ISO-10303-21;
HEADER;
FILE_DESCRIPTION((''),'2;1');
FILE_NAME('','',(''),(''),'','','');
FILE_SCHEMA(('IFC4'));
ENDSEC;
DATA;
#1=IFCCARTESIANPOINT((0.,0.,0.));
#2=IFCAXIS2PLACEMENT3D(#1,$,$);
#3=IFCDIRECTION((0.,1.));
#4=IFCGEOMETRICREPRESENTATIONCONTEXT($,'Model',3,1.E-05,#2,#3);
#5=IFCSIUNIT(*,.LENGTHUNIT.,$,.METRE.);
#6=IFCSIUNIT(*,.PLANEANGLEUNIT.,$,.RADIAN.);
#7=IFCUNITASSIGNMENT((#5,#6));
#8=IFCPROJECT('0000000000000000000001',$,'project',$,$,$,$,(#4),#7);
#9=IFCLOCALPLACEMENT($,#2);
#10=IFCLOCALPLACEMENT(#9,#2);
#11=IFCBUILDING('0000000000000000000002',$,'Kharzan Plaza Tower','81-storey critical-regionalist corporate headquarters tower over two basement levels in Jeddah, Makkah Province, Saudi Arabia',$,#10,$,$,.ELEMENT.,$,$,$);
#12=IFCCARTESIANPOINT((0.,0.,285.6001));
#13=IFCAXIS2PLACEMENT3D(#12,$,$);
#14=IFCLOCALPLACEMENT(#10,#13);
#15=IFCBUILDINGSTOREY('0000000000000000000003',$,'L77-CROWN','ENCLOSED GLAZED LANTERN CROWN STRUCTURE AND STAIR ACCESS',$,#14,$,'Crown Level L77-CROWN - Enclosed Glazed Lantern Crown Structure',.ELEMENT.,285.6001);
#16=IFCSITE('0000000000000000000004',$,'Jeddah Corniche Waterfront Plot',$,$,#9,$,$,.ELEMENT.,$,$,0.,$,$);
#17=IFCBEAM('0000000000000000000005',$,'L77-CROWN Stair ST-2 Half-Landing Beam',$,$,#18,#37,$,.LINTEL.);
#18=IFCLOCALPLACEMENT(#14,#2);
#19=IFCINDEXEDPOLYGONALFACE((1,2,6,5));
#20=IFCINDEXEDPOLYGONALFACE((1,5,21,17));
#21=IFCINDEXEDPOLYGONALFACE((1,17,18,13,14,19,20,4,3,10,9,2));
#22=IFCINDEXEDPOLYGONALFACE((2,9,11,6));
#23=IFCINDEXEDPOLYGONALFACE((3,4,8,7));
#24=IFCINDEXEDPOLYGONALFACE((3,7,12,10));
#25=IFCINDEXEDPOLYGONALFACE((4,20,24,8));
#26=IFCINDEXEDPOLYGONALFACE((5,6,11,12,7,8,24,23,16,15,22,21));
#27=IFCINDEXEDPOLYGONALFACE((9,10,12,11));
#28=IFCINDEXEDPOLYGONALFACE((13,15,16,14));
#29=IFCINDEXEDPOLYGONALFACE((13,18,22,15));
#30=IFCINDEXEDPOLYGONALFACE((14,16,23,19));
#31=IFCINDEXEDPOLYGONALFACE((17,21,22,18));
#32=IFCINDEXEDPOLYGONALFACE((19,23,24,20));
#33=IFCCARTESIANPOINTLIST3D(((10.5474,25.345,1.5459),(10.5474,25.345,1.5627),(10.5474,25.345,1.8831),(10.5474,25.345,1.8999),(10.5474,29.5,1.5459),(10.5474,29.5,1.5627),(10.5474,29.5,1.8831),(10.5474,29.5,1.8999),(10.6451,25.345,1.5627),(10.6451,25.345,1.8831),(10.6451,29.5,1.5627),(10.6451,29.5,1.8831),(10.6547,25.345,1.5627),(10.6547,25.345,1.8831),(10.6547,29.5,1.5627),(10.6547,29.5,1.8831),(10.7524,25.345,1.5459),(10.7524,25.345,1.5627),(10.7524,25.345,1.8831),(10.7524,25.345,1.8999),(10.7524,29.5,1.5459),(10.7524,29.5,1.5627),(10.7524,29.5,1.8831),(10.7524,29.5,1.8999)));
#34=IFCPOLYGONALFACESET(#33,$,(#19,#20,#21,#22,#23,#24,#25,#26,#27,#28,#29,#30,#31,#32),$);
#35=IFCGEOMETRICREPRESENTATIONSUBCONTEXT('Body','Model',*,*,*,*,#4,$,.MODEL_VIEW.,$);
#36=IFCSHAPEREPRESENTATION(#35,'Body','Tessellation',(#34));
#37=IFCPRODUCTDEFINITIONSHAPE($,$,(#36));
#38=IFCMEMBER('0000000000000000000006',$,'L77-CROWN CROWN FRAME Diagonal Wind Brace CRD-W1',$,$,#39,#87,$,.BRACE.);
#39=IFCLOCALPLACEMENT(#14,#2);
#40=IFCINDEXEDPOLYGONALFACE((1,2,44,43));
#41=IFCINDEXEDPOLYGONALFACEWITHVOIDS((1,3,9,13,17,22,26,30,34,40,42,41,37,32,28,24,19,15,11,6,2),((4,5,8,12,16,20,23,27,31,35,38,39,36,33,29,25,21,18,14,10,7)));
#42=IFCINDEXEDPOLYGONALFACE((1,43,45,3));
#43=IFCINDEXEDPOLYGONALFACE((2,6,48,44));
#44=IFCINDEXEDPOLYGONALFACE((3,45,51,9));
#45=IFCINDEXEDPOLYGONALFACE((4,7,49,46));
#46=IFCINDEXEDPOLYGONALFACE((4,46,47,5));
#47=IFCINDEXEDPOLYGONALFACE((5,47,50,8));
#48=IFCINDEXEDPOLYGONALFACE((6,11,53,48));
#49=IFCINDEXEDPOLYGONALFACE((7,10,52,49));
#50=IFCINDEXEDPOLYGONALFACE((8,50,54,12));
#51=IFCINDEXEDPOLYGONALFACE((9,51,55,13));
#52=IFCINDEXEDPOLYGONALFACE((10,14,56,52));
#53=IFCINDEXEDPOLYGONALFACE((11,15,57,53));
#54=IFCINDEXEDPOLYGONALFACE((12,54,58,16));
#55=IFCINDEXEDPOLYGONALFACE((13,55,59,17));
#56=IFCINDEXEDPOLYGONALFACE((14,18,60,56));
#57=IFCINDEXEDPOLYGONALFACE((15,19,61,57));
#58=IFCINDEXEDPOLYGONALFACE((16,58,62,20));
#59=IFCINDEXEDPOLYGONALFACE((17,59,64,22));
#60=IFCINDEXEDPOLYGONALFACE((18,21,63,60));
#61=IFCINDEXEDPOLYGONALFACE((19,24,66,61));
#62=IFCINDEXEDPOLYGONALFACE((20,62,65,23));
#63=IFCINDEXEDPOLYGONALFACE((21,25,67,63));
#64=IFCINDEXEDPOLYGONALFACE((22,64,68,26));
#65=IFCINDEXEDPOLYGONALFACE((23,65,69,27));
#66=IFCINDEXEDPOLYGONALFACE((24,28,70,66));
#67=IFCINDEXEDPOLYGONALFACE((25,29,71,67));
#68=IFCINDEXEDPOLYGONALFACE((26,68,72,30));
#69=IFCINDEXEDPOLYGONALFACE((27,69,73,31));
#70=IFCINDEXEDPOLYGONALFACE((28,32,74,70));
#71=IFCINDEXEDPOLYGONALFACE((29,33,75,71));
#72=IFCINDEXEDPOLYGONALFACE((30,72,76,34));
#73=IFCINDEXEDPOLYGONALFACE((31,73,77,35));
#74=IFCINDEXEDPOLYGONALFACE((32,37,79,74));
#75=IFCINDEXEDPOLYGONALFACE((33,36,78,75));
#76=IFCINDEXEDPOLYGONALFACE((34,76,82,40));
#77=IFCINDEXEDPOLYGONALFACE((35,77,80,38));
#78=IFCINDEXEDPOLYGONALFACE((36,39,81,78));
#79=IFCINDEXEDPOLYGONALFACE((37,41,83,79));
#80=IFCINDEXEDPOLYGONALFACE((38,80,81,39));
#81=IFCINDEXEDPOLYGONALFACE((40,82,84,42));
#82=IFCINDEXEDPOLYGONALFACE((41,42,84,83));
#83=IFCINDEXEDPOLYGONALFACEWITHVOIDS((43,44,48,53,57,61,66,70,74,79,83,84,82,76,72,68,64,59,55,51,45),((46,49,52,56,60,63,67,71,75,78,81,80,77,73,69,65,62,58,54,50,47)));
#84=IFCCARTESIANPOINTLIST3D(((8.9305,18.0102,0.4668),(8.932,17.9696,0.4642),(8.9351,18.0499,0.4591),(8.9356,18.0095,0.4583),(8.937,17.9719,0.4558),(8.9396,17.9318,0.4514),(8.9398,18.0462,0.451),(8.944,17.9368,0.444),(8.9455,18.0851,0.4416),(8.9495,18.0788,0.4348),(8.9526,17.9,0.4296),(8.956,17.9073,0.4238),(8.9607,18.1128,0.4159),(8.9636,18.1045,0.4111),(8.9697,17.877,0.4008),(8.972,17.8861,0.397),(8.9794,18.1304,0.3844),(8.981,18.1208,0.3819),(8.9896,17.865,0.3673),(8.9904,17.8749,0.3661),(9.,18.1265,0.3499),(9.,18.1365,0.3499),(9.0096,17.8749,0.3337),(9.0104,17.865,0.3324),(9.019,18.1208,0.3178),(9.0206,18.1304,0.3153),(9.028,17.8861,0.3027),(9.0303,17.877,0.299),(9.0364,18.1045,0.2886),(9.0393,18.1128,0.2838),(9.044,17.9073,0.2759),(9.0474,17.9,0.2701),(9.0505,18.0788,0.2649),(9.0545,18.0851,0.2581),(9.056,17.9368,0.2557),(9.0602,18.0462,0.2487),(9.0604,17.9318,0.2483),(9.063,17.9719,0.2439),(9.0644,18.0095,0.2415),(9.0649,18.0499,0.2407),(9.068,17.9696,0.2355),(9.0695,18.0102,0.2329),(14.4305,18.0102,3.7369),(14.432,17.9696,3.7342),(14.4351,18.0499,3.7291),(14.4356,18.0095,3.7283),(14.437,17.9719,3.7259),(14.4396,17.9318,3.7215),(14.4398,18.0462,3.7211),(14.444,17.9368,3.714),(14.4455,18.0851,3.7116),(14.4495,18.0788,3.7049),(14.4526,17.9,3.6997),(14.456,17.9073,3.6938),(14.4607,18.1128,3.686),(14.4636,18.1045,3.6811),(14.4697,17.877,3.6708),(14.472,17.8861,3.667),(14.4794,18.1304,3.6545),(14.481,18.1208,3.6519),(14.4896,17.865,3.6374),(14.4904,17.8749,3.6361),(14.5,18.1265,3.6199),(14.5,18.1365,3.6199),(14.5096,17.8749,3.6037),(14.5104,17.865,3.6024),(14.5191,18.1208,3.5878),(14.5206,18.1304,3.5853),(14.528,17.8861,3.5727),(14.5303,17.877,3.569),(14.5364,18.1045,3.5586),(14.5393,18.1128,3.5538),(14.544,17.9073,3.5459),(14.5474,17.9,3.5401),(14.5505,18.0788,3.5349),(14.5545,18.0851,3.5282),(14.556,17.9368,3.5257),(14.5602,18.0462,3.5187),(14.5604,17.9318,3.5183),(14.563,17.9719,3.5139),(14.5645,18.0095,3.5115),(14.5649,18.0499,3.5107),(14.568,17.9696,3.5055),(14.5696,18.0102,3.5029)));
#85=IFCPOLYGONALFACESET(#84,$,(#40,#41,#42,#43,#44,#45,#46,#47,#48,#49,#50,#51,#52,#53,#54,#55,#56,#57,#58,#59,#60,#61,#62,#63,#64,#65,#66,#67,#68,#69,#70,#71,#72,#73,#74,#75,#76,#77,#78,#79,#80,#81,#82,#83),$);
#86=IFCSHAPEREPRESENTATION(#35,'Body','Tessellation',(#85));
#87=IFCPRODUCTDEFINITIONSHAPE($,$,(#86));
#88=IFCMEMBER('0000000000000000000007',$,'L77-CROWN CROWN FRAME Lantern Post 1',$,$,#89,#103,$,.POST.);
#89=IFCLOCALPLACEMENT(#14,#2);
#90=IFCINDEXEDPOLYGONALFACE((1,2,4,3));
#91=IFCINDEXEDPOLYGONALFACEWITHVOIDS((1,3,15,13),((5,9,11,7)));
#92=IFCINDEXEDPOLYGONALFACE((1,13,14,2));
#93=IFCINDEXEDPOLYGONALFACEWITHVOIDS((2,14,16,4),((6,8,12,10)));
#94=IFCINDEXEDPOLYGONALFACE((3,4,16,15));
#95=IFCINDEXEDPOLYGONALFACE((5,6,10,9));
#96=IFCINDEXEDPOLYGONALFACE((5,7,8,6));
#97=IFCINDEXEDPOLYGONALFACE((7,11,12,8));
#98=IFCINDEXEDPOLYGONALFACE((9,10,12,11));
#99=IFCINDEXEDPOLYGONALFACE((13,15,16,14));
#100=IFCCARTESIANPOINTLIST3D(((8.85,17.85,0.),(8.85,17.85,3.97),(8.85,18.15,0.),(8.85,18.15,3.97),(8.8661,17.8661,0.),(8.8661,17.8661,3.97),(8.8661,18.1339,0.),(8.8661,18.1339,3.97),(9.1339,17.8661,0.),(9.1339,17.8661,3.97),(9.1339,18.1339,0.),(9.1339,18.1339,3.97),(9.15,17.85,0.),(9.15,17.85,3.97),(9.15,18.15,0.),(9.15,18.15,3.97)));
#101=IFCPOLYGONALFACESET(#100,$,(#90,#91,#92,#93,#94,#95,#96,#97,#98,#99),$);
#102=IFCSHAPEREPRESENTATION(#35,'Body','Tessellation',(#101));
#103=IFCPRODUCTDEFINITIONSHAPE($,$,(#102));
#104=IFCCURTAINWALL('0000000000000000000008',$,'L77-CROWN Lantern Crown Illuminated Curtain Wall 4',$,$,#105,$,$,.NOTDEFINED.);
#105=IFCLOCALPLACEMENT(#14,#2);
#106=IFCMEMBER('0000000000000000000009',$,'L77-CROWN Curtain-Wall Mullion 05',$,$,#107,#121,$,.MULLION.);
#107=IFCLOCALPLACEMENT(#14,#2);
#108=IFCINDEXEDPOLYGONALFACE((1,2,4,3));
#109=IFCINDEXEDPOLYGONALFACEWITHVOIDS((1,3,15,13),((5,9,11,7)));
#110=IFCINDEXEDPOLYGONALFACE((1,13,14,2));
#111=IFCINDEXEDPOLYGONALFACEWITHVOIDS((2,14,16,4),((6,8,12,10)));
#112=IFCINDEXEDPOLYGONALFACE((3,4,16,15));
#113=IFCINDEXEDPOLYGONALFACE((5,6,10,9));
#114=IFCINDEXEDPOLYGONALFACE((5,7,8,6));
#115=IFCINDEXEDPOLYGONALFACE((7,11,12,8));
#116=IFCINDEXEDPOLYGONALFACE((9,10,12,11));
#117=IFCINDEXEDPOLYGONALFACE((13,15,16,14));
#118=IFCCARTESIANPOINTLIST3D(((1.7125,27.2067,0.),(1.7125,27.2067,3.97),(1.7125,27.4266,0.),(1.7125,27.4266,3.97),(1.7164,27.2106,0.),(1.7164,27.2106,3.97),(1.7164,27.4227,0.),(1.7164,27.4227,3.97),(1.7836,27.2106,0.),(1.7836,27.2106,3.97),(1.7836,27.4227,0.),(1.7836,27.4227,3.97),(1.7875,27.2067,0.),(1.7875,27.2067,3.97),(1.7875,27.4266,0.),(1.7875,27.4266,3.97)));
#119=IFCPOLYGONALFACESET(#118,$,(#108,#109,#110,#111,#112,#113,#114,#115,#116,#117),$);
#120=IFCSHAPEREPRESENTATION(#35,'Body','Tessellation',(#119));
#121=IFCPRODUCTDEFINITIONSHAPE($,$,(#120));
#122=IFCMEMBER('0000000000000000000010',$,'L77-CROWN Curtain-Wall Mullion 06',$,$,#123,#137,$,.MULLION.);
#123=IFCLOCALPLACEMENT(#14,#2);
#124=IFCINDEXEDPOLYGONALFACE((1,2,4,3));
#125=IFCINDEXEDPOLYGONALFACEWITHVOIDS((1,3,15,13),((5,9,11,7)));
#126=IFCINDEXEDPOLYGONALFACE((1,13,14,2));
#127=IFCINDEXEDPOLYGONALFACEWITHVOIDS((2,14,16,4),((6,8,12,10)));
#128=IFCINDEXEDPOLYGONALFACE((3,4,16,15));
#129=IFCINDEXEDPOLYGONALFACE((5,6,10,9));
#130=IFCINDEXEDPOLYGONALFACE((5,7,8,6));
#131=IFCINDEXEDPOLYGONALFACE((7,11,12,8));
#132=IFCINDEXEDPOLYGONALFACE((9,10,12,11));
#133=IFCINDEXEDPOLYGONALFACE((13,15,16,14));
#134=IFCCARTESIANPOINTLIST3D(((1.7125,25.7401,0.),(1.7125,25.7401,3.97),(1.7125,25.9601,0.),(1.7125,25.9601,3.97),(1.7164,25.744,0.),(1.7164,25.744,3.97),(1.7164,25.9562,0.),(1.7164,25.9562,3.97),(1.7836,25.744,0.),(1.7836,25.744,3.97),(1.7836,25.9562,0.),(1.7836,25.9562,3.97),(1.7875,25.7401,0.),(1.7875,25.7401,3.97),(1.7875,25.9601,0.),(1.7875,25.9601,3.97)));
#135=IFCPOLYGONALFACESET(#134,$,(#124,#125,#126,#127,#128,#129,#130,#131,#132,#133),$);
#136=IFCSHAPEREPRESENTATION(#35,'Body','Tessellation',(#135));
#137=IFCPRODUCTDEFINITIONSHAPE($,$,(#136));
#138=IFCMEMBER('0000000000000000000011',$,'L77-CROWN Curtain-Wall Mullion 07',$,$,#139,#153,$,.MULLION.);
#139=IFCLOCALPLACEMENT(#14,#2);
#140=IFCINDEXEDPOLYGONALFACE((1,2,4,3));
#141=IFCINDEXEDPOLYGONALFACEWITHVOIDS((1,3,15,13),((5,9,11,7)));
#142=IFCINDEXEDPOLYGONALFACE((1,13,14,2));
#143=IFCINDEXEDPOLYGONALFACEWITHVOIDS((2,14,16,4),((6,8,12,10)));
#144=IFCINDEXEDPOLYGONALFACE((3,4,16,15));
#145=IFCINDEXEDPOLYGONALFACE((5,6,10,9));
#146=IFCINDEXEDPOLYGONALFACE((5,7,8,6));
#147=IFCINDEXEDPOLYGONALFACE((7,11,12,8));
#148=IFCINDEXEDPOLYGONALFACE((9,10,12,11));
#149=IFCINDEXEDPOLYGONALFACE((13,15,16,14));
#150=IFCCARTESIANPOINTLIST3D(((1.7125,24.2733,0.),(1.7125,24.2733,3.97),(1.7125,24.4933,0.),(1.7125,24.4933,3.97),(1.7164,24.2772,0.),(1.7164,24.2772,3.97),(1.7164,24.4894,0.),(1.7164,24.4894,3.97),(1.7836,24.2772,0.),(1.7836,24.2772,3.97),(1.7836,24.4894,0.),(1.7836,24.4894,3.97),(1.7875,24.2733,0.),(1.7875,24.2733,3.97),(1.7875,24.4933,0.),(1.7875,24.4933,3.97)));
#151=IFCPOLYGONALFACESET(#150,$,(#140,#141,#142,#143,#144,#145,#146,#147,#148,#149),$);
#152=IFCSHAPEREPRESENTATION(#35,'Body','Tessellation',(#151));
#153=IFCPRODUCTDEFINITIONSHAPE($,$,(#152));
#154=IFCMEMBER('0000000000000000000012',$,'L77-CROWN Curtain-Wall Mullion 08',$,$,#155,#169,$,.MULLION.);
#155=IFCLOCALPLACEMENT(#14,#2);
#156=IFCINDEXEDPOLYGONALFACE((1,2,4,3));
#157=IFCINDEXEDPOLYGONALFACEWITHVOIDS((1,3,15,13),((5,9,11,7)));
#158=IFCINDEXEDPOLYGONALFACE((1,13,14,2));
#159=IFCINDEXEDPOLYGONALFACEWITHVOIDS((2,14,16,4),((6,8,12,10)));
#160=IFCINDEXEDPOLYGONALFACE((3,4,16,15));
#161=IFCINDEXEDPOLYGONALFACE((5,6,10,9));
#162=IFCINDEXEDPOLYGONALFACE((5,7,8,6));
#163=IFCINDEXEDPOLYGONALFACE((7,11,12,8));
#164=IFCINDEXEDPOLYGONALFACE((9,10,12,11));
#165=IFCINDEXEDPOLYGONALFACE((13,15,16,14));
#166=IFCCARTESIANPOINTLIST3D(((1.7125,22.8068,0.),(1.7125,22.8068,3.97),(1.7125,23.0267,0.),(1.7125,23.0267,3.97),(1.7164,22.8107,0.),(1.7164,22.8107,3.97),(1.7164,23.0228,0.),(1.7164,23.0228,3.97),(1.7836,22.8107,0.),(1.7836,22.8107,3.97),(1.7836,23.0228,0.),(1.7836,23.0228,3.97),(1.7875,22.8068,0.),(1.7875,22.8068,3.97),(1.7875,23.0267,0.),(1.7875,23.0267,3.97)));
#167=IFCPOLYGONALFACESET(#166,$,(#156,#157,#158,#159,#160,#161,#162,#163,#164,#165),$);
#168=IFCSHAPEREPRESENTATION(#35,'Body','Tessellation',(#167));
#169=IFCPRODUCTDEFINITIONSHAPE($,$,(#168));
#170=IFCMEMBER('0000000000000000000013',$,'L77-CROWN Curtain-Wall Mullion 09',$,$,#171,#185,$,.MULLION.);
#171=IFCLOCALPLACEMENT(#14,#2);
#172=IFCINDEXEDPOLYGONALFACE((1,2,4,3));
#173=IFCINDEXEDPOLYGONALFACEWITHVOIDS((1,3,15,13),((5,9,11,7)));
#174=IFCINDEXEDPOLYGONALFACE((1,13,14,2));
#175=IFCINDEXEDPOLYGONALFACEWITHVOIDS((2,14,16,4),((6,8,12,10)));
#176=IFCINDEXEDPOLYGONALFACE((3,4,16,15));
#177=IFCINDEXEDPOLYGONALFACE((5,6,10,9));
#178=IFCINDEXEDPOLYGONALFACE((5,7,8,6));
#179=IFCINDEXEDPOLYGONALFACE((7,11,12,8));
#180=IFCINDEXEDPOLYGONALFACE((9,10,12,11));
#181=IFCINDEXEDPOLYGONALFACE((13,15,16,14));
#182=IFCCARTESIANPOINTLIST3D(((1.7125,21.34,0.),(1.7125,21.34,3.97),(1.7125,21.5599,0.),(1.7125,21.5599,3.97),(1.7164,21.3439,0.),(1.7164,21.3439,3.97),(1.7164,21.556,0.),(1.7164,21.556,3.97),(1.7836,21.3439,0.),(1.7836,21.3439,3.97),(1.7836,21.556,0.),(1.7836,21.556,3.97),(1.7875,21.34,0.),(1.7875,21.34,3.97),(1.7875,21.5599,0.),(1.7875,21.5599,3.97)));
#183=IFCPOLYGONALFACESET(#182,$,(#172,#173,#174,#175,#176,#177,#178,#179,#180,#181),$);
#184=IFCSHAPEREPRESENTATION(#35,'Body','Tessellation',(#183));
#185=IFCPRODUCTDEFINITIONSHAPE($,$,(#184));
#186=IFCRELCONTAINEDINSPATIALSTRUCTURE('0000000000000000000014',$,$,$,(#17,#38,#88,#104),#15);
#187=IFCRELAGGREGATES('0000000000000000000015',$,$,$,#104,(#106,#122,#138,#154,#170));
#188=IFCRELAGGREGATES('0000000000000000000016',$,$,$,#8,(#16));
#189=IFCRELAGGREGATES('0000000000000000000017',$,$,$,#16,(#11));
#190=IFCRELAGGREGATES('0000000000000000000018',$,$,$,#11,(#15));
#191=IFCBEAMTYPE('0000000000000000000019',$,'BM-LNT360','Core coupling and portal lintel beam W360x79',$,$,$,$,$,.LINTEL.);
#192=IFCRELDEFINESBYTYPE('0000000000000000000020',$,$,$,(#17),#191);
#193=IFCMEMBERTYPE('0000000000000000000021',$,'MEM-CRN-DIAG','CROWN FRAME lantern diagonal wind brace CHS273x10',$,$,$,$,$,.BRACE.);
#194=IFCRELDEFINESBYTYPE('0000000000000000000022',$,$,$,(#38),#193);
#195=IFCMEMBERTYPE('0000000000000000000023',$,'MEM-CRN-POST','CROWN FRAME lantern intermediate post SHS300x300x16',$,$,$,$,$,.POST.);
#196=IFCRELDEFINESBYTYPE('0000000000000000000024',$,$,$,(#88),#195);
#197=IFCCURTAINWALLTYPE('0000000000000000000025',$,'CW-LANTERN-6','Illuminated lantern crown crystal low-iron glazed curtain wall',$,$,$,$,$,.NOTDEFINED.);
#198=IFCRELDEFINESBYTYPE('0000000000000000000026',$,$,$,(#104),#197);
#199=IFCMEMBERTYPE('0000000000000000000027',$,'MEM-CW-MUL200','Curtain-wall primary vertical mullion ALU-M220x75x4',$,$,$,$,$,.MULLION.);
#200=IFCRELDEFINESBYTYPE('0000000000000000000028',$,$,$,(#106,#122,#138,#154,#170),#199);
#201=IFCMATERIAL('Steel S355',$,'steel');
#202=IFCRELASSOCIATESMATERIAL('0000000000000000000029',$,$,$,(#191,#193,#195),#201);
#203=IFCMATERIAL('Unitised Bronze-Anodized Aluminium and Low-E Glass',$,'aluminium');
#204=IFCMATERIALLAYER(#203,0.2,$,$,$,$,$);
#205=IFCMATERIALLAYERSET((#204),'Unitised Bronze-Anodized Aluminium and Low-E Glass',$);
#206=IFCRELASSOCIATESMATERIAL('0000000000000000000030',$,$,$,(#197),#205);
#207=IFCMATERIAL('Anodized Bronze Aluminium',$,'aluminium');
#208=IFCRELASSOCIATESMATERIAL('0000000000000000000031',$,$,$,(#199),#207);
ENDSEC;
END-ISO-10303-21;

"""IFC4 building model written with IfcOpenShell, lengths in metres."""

from ifc_helpers import new_model, si_unit, direction, frame, origin, origin_2d, place, context, subcontext, project, spatial, hollow_rectangle, hollow_circle, i_section, extrude, source, transform, mapped, material, layer, layer_set, material_profile, profile_set, type_object, element, aggregate, save


model = new_model("IFC4")

# Units and contexts
model_context = context("Model", 3, precision=1e-05, world=origin(), true_north=direction((0.0, 1.0)))
body_context = subcontext(model_context, "Body", "Model", "MODEL_VIEW")
ifc_project = project(units=[si_unit("LENGTHUNIT", "METRE"), si_unit("PLANEANGLEUNIT", "RADIAN")], contexts=[model_context])

# Site, building, storey
site_placement = place(None, origin())
site = spatial("IfcSite", under=ifc_project, at=site_placement, Name="Jeddah Corniche Waterfront Plot", CompositionType="ELEMENT", RefElevation=0.0)
building_placement = place(site_placement, origin())
building = spatial("IfcBuilding", under=site, at=building_placement, Name="Kharzan Plaza Tower", Description="81-storey critical-regionalist corporate headquarters tower over two basement levels in Jeddah, Makkah Province, Saudi Arabia", CompositionType="ELEMENT")
storey_placement = place(building_placement, frame((0.0, 0.0, 285.6001)))
storey = spatial("IfcBuildingStorey", under=building, at=storey_placement, Name="L77-CROWN", Description="ENCLOSED GLAZED LANTERN CROWN STRUCTURE AND STAIR ACCESS", LongName="Crown Level L77-CROWN - Enclosed Glazed Lantern Crown Structure", CompositionType="ELEMENT", Elevation=285.6001)

# Beam
ifc_material_1 = material(Name="Steel S355", Category="steel")
ifc_material_profile_1 = material_profile(ifc_material_1, i_section(OverallWidth=0.2051, OverallDepth=0.354, WebThickness=0.0095, FlangeThickness=0.0168, at=origin_2d()), Name="W360x79")
ifc_profile_set_1 = profile_set([ifc_material_profile_1], Name="Steel S355")
beam_type = type_object("IfcBeamType", Name="BM-LNT360", Description="Core coupling and portal lintel beam W360x79", PredefinedType="LINTEL", material=ifc_profile_set_1)
shared_shape_1 = source(origin(), body_context, "Body", "SweptSolid", [
    extrude(i_section(OverallWidth=0.2051, OverallDepth=0.354, WebThickness=0.0095, FlangeThickness=0.0168, at=origin_2d()), origin(), (0.0, 0.0, 1.0), 4.155),
])
beam_placement = place(storey_placement, frame((10.6499, 25.345, 1.7229), z_axis=(0.0, 1.0, 0.0), x_axis=(-1.0, 0.0, 0.0)))
element("IfcBeam", 1, at=beam_placement, inside=storey, type_object=beam_type, Name="L77-CROWN Stair ST-2 Half-Landing Beam", PredefinedType="LINTEL", context=body_context, shape_type="MappedRepresentation", body=[
    mapped(shared_shape_1, transform((0.0, 0.0, 0.0), x_axis=(1.0, 0.0, 0.0), y_axis=(0.0, 1.0, 0.0), z_axis=(0.0, 0.0, 1.0))),
])

# Members
ifc_material_profile_2 = material_profile(ifc_material_1, hollow_circle(Radius=0.1365, WallThickness=0.01, at=origin_2d()), Name="CHS273x10")
ifc_profile_set_2 = profile_set([ifc_material_profile_2], Name="Steel S355")
member_type_1 = type_object("IfcMemberType", Name="MEM-CRN-DIAG", Description="CROWN FRAME lantern diagonal wind brace CHS273x10", PredefinedType="BRACE", material=ifc_profile_set_2)
shared_shape_2 = source(origin(), body_context, "Body", "SweptSolid", [
    extrude(hollow_circle(Radius=0.1365, WallThickness=0.01, at=origin_2d()), origin(), (0.0, 0.0, 1.0), 6.3987),
])
member_1_placement = place(storey_placement, frame((9.0, 18.0, 0.3499), z_axis=(0.859553, 0.0, 0.511046), x_axis=(0.0, 1.0, 0.0)))
element("IfcMember", 2, at=member_1_placement, inside=storey, type_object=member_type_1, Name="L77-CROWN CROWN FRAME Diagonal Wind Brace CRD-W1", PredefinedType="BRACE", context=body_context, shape_type="MappedRepresentation", body=[
    mapped(shared_shape_2, transform((0.0, 0.0, 0.0), x_axis=(1.0, 0.0, 0.0), y_axis=(0.0, 1.0, 0.0), z_axis=(0.0, 0.0, 1.0))),
])
ifc_material_profile_3 = material_profile(ifc_material_1, hollow_rectangle(XDim=0.3, YDim=0.3, WallThickness=0.0161, at=origin_2d()), Name="SHS300x300x16")
ifc_profile_set_3 = profile_set([ifc_material_profile_3], Name="Steel S355")
member_type_2 = type_object("IfcMemberType", Name="MEM-CRN-POST", Description="CROWN FRAME lantern intermediate post SHS300x300x16", PredefinedType="POST", material=ifc_profile_set_3)
shared_shape_3 = source(origin(), body_context, "Body", "SweptSolid", [
    extrude(hollow_rectangle(XDim=0.3, YDim=0.3, WallThickness=0.0161, at=origin_2d()), origin(), (0.0, 0.0, 1.0), 3.97),
])
member_2_placement = place(storey_placement, frame((9.0, 18.0, 0.0), z_axis=(0.0, 0.0, 1.0), x_axis=(1.0, 0.0, 0.0)))
element("IfcMember", 3, at=member_2_placement, inside=storey, type_object=member_type_2, Name="L77-CROWN CROWN FRAME Lantern Post 1", PredefinedType="POST", context=body_context, shape_type="MappedRepresentation", body=[
    mapped(shared_shape_3, transform((0.0, 0.0, 0.0), x_axis=(1.0, 0.0, 0.0), y_axis=(0.0, 1.0, 0.0), z_axis=(0.0, 0.0, 1.0))),
])

# Curtain wall, members
ifc_material_2 = material(Name="Unitised Bronze-Anodized Aluminium and Low-E Glass", Category="aluminium")
ifc_layer_1 = layer(ifc_material_2, 0.2)
ifc_layer_set_1 = layer_set([ifc_layer_1], Name="Unitised Bronze-Anodized Aluminium and Low-E Glass")
curtain_wall_type = type_object("IfcCurtainWallType", Name="CW-LANTERN-6", Description="Illuminated lantern crown crystal low-iron glazed curtain wall", PredefinedType="NOTDEFINED", material=ifc_layer_set_1)
curtain_wall_placement = place(storey_placement, origin())
curtain_wall = element("IfcCurtainWall", 4, at=curtain_wall_placement, inside=storey, type_object=curtain_wall_type, Name="L77-CROWN Lantern Crown Illuminated Curtain Wall 4", PredefinedType="NOTDEFINED")
ifc_material_3 = material(Name="Anodized Bronze Aluminium", Category="aluminium")
ifc_material_profile_4 = material_profile(ifc_material_3, hollow_rectangle(XDim=0.075, YDim=0.22, WallThickness=0.0039, at=origin_2d()), Name="ALU-M220x75x4")
ifc_profile_set_4 = profile_set([ifc_material_profile_4], Name="Anodized Bronze Aluminium")
member_type_3 = type_object("IfcMemberType", Name="MEM-CW-MUL200", Description="Curtain-wall primary vertical mullion ALU-M220x75x4", PredefinedType="MULLION", material=ifc_profile_set_4)
shared_shape_4 = source(origin(), body_context, "Body", "SweptSolid", [
    extrude(hollow_rectangle(XDim=0.075, YDim=0.22, WallThickness=0.0039, at=origin_2d()), origin(), (0.0, 0.0, 1.0), 3.97),
])
member_3_placement = place(storey_placement, frame((1.75, 27.3167, 0.0), z_axis=(0.0, 0.0, 1.0), x_axis=(1.0, 0.0, 0.0)))
member_3 = element("IfcMember", 5, at=member_3_placement, type_object=member_type_3, Name="L77-CROWN Curtain-Wall Mullion 05", PredefinedType="MULLION", context=body_context, shape_type="MappedRepresentation", body=[
    mapped(shared_shape_4, transform((0.0, 0.0, 0.0), x_axis=(1.0, 0.0, 0.0), y_axis=(0.0, 1.0, 0.0), z_axis=(0.0, 0.0, 1.0))),
])
member_4_placement = place(storey_placement, frame((1.75, 25.8501, 0.0), z_axis=(0.0, 0.0, 1.0), x_axis=(1.0, 0.0, 0.0)))
member_4 = element("IfcMember", 6, at=member_4_placement, type_object=member_type_3, Name="L77-CROWN Curtain-Wall Mullion 06", PredefinedType="MULLION", context=body_context, shape_type="MappedRepresentation", body=[
    mapped(shared_shape_4, transform((0.0, 0.0, 0.0), x_axis=(1.0, 0.0, 0.0), y_axis=(0.0, 1.0, 0.0), z_axis=(0.0, 0.0, 1.0))),
])
member_5_placement = place(storey_placement, frame((1.75, 24.3833, 0.0), z_axis=(0.0, 0.0, 1.0), x_axis=(1.0, 0.0, 0.0)))
member_5 = element("IfcMember", 7, at=member_5_placement, type_object=member_type_3, Name="L77-CROWN Curtain-Wall Mullion 07", PredefinedType="MULLION", context=body_context, shape_type="MappedRepresentation", body=[
    mapped(shared_shape_4, transform((0.0, 0.0, 0.0), x_axis=(1.0, 0.0, 0.0), y_axis=(0.0, 1.0, 0.0), z_axis=(0.0, 0.0, 1.0))),
])
member_6_placement = place(storey_placement, frame((1.75, 22.9167, 0.0), z_axis=(0.0, 0.0, 1.0), x_axis=(1.0, 0.0, 0.0)))
member_6 = element("IfcMember", 8, at=member_6_placement, type_object=member_type_3, Name="L77-CROWN Curtain-Wall Mullion 08", PredefinedType="MULLION", context=body_context, shape_type="MappedRepresentation", body=[
    mapped(shared_shape_4, transform((0.0, 0.0, 0.0), x_axis=(1.0, 0.0, 0.0), y_axis=(0.0, 1.0, 0.0), z_axis=(0.0, 0.0, 1.0))),
])
member_7_placement = place(storey_placement, frame((1.75, 21.45, 0.0), z_axis=(0.0, 0.0, 1.0), x_axis=(1.0, 0.0, 0.0)))
member_7 = element("IfcMember", 9, at=member_7_placement, type_object=member_type_3, Name="L77-CROWN Curtain-Wall Mullion 09", PredefinedType="MULLION", context=body_context, shape_type="MappedRepresentation", body=[
    mapped(shared_shape_4, transform((0.0, 0.0, 0.0), x_axis=(1.0, 0.0, 0.0), y_axis=(0.0, 1.0, 0.0), z_axis=(0.0, 0.0, 1.0))),
])
aggregate(curtain_wall, [member_3, member_4, member_5, member_6, member_7])

save(model, "model.ifc")
